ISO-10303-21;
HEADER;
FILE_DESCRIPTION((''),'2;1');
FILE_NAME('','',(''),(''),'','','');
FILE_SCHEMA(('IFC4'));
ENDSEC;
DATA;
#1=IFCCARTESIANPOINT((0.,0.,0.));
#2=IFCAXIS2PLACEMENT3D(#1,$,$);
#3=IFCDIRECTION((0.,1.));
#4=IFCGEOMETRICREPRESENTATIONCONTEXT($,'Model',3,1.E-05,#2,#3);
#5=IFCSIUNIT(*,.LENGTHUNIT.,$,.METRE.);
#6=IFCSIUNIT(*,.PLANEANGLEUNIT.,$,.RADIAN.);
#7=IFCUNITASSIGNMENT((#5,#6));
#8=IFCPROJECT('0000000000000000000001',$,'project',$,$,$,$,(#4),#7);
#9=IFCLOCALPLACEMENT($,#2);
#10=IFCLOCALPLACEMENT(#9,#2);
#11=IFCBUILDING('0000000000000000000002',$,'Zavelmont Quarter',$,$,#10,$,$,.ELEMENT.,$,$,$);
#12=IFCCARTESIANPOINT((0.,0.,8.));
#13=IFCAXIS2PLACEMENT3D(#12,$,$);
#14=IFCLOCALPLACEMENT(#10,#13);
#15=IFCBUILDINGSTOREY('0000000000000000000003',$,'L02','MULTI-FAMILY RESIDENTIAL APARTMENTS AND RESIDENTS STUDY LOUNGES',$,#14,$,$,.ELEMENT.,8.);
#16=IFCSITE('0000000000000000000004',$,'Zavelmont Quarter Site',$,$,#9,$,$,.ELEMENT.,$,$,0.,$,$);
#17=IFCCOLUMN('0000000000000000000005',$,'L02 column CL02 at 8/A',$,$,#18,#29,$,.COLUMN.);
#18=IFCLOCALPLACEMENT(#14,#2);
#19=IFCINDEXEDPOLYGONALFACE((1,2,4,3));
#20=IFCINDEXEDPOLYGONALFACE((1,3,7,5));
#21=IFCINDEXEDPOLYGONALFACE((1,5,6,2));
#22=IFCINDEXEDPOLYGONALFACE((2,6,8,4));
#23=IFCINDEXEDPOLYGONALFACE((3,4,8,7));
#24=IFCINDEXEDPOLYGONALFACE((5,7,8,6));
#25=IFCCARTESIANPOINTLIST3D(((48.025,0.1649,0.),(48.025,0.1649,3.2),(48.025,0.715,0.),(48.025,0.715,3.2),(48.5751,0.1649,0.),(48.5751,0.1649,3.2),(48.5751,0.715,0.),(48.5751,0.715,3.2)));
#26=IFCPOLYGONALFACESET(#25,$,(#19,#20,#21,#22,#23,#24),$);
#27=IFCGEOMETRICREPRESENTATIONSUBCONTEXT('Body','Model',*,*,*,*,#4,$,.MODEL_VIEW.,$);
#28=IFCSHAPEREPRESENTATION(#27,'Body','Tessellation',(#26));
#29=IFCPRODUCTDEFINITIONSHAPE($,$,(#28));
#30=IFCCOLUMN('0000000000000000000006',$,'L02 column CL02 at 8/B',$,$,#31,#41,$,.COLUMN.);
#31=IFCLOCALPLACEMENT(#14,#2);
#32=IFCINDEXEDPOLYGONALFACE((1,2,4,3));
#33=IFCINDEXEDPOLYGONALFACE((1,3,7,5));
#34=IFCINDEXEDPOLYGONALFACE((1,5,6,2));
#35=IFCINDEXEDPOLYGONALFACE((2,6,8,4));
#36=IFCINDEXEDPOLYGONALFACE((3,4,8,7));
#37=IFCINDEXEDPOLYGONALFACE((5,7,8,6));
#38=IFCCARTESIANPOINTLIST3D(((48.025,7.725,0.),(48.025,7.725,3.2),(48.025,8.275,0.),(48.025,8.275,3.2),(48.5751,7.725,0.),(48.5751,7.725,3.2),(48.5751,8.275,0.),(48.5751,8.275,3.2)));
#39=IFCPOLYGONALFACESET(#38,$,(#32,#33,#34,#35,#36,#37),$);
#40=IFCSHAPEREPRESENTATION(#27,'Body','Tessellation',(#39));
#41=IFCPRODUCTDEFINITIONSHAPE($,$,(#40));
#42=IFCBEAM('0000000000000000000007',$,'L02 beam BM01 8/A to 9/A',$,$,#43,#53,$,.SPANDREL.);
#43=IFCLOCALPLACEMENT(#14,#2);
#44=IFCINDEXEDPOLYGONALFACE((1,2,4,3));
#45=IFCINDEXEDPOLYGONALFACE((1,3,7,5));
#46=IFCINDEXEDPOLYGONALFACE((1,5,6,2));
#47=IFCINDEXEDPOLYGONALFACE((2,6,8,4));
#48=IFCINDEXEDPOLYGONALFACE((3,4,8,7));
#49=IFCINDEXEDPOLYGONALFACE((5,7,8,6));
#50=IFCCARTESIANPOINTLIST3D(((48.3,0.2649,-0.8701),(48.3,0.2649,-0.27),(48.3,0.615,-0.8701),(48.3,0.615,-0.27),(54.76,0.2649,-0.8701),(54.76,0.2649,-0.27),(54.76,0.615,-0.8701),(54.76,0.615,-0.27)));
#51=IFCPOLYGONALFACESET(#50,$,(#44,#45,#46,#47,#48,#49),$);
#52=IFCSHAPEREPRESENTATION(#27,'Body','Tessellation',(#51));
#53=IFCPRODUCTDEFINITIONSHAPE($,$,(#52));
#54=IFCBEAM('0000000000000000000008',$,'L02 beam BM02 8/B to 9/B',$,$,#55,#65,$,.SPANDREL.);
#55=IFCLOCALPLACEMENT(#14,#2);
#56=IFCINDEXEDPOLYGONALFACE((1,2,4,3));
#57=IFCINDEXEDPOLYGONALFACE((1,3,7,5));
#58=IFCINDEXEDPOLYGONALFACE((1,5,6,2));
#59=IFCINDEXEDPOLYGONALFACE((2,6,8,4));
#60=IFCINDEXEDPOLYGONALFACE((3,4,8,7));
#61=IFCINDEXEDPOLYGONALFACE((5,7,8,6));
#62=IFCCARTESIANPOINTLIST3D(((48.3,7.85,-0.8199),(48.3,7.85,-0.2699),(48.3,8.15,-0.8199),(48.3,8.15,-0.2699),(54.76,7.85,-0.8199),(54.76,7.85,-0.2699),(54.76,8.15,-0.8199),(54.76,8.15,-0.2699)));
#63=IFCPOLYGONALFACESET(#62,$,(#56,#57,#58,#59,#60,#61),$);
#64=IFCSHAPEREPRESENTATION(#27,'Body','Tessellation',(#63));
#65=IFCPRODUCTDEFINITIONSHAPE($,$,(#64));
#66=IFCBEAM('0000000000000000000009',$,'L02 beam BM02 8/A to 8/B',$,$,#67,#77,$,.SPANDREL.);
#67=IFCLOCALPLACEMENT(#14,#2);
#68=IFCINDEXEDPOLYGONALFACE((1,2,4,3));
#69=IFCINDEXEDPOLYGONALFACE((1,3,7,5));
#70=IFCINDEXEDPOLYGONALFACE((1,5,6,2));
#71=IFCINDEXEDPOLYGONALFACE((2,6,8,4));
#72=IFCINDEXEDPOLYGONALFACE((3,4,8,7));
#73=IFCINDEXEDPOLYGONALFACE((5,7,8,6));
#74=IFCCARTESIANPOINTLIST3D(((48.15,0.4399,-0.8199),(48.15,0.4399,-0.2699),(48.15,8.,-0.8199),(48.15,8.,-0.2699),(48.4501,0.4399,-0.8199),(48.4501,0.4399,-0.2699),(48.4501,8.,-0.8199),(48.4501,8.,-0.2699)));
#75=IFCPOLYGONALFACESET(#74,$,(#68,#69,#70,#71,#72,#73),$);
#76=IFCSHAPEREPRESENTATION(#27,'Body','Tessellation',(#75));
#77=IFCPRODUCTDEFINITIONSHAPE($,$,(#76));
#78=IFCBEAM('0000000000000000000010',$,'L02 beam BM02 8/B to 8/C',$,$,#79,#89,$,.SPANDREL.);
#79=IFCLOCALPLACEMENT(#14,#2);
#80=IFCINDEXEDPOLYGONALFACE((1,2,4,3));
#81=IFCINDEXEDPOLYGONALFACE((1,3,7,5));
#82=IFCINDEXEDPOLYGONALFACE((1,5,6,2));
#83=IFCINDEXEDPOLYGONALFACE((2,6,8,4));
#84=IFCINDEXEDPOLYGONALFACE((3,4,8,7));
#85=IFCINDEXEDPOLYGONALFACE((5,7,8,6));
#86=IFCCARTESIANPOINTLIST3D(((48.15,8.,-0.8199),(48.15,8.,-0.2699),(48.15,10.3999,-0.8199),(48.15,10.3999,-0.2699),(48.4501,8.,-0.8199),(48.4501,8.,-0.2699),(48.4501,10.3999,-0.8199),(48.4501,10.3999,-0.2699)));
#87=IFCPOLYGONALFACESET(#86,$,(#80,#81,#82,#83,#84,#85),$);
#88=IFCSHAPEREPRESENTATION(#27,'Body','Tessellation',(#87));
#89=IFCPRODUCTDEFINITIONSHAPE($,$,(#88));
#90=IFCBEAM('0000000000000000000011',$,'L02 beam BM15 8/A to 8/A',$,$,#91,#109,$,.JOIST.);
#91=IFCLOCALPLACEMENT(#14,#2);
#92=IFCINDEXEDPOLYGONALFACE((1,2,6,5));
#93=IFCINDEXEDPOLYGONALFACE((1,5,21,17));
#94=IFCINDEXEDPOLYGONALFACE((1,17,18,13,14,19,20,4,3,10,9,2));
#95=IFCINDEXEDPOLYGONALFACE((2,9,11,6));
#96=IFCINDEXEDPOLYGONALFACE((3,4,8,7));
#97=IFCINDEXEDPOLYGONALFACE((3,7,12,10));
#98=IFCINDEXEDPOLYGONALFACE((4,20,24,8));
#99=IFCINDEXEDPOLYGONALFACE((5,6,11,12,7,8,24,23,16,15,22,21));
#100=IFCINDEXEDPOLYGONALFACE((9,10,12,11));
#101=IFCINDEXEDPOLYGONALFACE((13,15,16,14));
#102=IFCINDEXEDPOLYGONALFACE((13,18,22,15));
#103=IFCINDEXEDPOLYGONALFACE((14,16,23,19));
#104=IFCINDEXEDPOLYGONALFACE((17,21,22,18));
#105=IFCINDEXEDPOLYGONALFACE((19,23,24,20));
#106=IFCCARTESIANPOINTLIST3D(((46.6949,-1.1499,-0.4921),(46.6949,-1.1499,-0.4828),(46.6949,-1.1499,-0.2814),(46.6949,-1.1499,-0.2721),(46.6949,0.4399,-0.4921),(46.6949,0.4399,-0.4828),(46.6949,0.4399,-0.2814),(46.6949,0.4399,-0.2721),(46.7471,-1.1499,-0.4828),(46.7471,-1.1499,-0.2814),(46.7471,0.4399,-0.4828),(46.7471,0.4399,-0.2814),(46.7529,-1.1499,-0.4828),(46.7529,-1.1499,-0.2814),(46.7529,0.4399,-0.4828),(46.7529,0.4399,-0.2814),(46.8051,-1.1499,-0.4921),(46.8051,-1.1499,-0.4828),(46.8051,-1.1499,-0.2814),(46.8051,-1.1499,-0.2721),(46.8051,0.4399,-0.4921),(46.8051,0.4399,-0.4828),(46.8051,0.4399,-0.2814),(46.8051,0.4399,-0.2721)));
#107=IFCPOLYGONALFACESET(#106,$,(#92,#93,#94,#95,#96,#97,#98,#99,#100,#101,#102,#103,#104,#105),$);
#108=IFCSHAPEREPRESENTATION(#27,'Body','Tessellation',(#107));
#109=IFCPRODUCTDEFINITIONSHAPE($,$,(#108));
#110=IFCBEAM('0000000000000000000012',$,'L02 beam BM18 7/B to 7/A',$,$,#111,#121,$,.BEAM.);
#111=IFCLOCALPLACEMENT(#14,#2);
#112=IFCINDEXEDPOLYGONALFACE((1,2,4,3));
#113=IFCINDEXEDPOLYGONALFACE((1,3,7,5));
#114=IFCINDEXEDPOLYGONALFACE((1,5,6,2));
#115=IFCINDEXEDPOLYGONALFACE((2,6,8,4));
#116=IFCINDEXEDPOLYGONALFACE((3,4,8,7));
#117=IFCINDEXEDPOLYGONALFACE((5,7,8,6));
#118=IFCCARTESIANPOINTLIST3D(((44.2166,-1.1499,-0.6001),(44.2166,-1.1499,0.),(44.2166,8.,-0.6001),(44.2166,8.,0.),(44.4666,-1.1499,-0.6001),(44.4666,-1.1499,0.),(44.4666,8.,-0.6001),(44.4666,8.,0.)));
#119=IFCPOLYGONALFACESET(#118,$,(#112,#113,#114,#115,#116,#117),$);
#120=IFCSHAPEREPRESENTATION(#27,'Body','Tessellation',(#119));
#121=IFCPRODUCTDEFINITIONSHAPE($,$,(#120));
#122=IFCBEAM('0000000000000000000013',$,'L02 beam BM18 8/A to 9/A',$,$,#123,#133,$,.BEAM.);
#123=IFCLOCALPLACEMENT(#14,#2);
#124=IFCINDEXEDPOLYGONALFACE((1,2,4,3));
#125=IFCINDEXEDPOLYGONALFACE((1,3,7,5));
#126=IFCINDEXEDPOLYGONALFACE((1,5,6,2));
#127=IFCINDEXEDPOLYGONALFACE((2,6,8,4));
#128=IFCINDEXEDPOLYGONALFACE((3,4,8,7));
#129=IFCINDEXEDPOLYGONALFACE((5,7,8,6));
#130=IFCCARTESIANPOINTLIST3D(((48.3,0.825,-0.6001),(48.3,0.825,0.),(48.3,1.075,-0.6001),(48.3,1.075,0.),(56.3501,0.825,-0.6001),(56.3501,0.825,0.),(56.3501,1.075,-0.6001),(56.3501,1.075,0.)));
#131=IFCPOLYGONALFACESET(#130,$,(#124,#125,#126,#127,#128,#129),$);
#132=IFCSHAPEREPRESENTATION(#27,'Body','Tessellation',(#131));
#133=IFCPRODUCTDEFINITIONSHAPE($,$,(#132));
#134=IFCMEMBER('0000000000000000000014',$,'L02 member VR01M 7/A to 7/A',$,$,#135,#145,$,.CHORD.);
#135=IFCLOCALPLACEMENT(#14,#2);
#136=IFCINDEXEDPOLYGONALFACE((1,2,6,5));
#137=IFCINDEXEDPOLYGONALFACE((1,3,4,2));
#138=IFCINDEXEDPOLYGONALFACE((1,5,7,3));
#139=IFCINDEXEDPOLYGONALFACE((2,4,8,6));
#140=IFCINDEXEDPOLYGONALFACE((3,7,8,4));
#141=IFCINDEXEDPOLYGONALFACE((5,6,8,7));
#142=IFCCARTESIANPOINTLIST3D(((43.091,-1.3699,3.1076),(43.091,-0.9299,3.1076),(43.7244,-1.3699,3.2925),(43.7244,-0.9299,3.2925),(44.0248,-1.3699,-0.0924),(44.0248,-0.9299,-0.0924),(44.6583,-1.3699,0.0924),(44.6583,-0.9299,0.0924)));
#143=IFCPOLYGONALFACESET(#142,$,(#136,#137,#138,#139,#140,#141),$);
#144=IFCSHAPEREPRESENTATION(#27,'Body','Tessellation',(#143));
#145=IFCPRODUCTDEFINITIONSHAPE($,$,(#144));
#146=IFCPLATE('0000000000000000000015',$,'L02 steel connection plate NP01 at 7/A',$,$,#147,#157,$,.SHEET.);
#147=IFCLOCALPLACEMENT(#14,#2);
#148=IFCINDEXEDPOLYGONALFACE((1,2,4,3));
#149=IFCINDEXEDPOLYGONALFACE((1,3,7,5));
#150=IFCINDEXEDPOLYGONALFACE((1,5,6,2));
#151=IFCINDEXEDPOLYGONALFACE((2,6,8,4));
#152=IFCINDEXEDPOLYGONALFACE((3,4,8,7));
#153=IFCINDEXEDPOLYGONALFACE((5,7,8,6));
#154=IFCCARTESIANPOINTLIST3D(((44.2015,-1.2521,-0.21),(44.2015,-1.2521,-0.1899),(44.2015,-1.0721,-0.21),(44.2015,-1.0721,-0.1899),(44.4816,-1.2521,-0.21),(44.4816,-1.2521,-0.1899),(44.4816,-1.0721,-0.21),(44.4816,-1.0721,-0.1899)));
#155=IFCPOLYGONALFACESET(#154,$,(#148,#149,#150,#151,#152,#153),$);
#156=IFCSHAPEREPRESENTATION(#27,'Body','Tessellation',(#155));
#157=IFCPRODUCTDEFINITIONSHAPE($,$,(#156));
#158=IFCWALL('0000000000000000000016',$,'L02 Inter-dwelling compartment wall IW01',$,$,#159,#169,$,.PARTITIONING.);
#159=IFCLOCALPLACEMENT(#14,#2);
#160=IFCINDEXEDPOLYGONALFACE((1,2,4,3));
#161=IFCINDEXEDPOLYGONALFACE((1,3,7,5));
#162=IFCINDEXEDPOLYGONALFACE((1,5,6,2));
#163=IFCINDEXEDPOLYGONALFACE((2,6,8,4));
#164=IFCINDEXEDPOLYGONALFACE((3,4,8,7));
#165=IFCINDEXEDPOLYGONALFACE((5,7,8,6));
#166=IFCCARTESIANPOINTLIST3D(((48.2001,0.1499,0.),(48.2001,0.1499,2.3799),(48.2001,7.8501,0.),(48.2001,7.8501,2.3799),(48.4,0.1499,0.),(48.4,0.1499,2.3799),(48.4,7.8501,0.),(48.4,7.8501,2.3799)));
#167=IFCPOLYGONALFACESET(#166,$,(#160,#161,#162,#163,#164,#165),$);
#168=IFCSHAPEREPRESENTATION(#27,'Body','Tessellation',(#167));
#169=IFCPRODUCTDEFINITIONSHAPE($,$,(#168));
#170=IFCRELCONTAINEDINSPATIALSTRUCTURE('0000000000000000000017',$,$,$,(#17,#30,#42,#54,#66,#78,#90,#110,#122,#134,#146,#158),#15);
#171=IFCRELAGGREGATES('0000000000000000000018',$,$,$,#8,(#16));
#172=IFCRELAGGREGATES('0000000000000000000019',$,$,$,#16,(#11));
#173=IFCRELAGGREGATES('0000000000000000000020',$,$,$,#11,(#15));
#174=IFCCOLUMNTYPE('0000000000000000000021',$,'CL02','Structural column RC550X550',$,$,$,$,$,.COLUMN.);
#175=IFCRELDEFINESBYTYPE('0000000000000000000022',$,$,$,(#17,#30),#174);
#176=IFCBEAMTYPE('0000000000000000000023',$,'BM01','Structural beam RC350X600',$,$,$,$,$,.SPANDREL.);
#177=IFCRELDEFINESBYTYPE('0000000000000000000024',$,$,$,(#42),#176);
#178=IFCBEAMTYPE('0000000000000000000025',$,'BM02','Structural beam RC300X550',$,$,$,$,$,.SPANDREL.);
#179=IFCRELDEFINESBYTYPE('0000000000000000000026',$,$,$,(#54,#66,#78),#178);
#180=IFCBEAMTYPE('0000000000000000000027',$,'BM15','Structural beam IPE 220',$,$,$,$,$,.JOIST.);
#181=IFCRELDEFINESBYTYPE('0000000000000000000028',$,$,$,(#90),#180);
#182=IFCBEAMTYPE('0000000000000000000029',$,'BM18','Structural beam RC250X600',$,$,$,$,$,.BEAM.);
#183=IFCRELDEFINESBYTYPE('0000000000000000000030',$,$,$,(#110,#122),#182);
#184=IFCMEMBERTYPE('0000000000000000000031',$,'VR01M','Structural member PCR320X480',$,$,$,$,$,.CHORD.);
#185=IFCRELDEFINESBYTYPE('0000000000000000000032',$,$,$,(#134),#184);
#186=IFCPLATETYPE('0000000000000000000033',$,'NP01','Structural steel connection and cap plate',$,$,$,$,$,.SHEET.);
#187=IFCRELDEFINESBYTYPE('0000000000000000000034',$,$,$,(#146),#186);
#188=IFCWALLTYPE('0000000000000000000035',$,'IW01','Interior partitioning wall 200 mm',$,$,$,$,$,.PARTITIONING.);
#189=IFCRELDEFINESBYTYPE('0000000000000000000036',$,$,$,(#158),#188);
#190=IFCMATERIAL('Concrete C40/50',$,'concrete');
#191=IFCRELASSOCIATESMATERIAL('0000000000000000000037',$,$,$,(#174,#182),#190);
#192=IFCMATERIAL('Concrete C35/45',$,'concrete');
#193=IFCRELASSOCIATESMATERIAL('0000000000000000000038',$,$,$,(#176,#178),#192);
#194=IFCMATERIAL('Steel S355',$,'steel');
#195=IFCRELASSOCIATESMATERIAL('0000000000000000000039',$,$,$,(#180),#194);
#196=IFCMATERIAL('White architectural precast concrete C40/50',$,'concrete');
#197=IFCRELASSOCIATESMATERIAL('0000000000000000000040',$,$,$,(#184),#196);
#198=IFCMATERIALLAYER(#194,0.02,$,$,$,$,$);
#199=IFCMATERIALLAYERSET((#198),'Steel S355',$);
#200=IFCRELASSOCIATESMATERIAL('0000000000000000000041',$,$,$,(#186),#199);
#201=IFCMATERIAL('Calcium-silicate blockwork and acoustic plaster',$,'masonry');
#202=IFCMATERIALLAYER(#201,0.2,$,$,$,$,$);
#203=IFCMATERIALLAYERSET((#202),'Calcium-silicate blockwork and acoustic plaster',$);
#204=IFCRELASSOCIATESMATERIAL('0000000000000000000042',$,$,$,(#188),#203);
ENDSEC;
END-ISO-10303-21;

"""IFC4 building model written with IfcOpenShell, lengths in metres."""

from ifc_helpers import new_model, si_unit, direction, frame, frame_2d, origin, origin_2d, place, context, subcontext, project, spatial, rectangle, i_section, extrude, material, layer, layer_set, material_profile, profile_set, type_object, element, save


model = new_model("IFC4")

# Units and contexts
model_context = context("Model", 3, precision=1e-05, world=origin(), true_north=direction((0.0, 1.0)))
body_context = subcontext(model_context, "Body", "Model", "MODEL_VIEW")
ifc_project = project(units=[si_unit("LENGTHUNIT", "METRE"), si_unit("PLANEANGLEUNIT", "RADIAN")], contexts=[model_context])

# Site, building, storey
site_placement = place(None, origin())
site = spatial("IfcSite", under=ifc_project, at=site_placement, Name="Zavelmont Quarter Site", CompositionType="ELEMENT", RefElevation=0.0)
building_placement = place(site_placement, origin())
building = spatial("IfcBuilding", under=site, at=building_placement, Name="Zavelmont Quarter", CompositionType="ELEMENT")
storey_placement = place(building_placement, frame((0.0, 0.0, 8.0)))
storey = spatial("IfcBuildingStorey", under=building, at=storey_placement, Name="L02", Description="MULTI-FAMILY RESIDENTIAL APARTMENTS AND RESIDENTS STUDY LOUNGES", CompositionType="ELEMENT", Elevation=8.0)

# Columns
ifc_material_1 = material(Name="Concrete C40/50", Category="concrete")
ifc_material_profile_1 = material_profile(ifc_material_1, rectangle(XDim=0.55, YDim=0.55, at=origin_2d()), Name="RC550X550")
ifc_profile_set_1 = profile_set([ifc_material_profile_1], Name="Concrete C40/50")
column_type = type_object("IfcColumnType", Name="CL02", Description="Structural column RC550X550", PredefinedType="COLUMN", material=ifc_profile_set_1)
for number, where, z_axis, x_axis, name in (
    (1, (48.3, 0.4399, 0.0), (0.0, 0.0, 1.0), (1.0, 0.0, 0.0), "L02 column CL02 at 8/A"),
    (2, (48.3, 8.0, 0.0), (0.0, 0.0, 1.0), (1.0, 0.0, 0.0), "L02 column CL02 at 8/B"),
):
    element("IfcColumn", number, at=place(storey_placement, frame(where, z_axis=z_axis, x_axis=x_axis)), inside=storey, type_object=column_type, Name=name, PredefinedType="COLUMN", context=body_context, shape_type="SweptSolid", body=[
        extrude(rectangle(XDim=0.55, YDim=0.55, at=origin_2d()), origin(), (0.0, 0.0, 1.0), 3.2),
    ])

# Beams
ifc_material_2 = material(Name="Concrete C35/45", Category="concrete")
ifc_material_profile_2 = material_profile(ifc_material_2, rectangle(XDim=0.3501, YDim=0.6001, at=origin_2d()), Name="RC350X600")
ifc_profile_set_2 = profile_set([ifc_material_profile_2], Name="Concrete C35/45")
beam_type_1 = type_object("IfcBeamType", Name="BM01", Description="Structural beam RC350X600", PredefinedType="SPANDREL", material=ifc_profile_set_2)
beam_1_placement = place(storey_placement, frame((48.3, 0.4399, -0.5701), z_axis=(1.0, 0.0, 0.0), x_axis=(0.0, 1.0, 0.0)))
element("IfcBeam", 3, at=beam_1_placement, inside=storey, type_object=beam_type_1, Name="L02 beam BM01 8/A to 9/A", PredefinedType="SPANDREL", context=body_context, shape_type="SweptSolid", body=[
    extrude(rectangle(XDim=0.3501, YDim=0.6001, at=origin_2d()), origin(), (0.0, 0.0, 1.0), 6.46),
])
ifc_material_profile_3 = material_profile(ifc_material_2, rectangle(XDim=0.3, YDim=0.55, at=origin_2d()), Name="RC300X550")
ifc_profile_set_3 = profile_set([ifc_material_profile_3], Name="Concrete C35/45")
beam_type_2 = type_object("IfcBeamType", Name="BM02", Description="Structural beam RC300X550", PredefinedType="SPANDREL", material=ifc_profile_set_3)
beam_2_placement = place(storey_placement, frame((48.3, 8.0, -0.5449), z_axis=(1.0, 0.0, 0.0), x_axis=(0.0, 1.0, 0.0)))
element("IfcBeam", 4, at=beam_2_placement, inside=storey, type_object=beam_type_2, Name="L02 beam BM02 8/B to 9/B", PredefinedType="SPANDREL", context=body_context, shape_type="SweptSolid", body=[
    extrude(rectangle(XDim=0.3, YDim=0.55, at=origin_2d()), origin(), (0.0, 0.0, 1.0), 6.46),
])
beam_3_placement = place(storey_placement, frame((48.3, 0.4399, -0.5449), z_axis=(0.0, 1.0, 0.0), x_axis=(-1.0, 0.0, 0.0)))
element("IfcBeam", 5, at=beam_3_placement, inside=storey, type_object=beam_type_2, Name="L02 beam BM02 8/A to 8/B", PredefinedType="SPANDREL", context=body_context, shape_type="SweptSolid", body=[
    extrude(rectangle(XDim=0.3, YDim=0.55, at=origin_2d()), origin(), (0.0, 0.0, 1.0), 7.5601),
])
beam_4_placement = place(storey_placement, frame((48.3, 8.0, -0.5449), z_axis=(0.0, 1.0, 0.0), x_axis=(-1.0, 0.0, 0.0)))
element("IfcBeam", 6, at=beam_4_placement, inside=storey, type_object=beam_type_2, Name="L02 beam BM02 8/B to 8/C", PredefinedType="SPANDREL", context=body_context, shape_type="SweptSolid", body=[
    extrude(rectangle(XDim=0.3, YDim=0.55, at=origin_2d()), origin(), (0.0, 0.0, 1.0), 2.3999),
])
ifc_material_3 = material(Name="Steel S355", Category="steel")
ifc_material_profile_4 = material_profile(ifc_material_3, i_section(OverallWidth=0.1101, OverallDepth=0.22, WebThickness=0.0059, FlangeThickness=0.0093, at=origin_2d()), Name="IPE 220")
ifc_profile_set_4 = profile_set([ifc_material_profile_4], Name="Steel S355")
beam_type_3 = type_object("IfcBeamType", Name="BM15", Description="Structural beam IPE 220", PredefinedType="JOIST", material=ifc_profile_set_4)
beam_5_placement = place(storey_placement, frame((46.75, 0.4399, -0.3821), z_axis=(0.0, -1.0, 0.0), x_axis=(1.0, 0.0, 0.0)))
element("IfcBeam", 7, at=beam_5_placement, inside=storey, type_object=beam_type_3, Name="L02 beam BM15 8/A to 8/A", PredefinedType="JOIST", context=body_context, shape_type="SweptSolid", body=[
    extrude(i_section(OverallWidth=0.1101, OverallDepth=0.22, WebThickness=0.0059, FlangeThickness=0.0093, at=origin_2d()), origin(), (0.0, 0.0, 1.0), 1.5898),
])
ifc_material_profile_5 = material_profile(ifc_material_1, rectangle(XDim=0.25, YDim=0.6001, at=origin_2d()), Name="RC250X600")
ifc_profile_set_5 = profile_set([ifc_material_profile_5], Name="Concrete C40/50")
beam_type_4 = type_object("IfcBeamType", Name="BM18", Description="Structural beam RC250X600", PredefinedType="BEAM", material=ifc_profile_set_5)
beam_6_placement = place(storey_placement, frame((44.3416, 8.0, -0.3), z_axis=(0.0, -1.0, 0.0), x_axis=(1.0, 0.0, 0.0)))
element("IfcBeam", 8, at=beam_6_placement, inside=storey, type_object=beam_type_4, Name="L02 beam BM18 7/B to 7/A", PredefinedType="BEAM", context=body_context, shape_type="SweptSolid", body=[
    extrude(rectangle(XDim=0.25, YDim=0.6001, at=origin_2d()), origin(), (0.0, 0.0, 1.0), 9.1499),
])
beam_7_placement = place(storey_placement, frame((48.3, 0.95, -0.3), z_axis=(1.0, 0.0, 0.0), x_axis=(0.0, 1.0, 0.0)))
element("IfcBeam", 9, at=beam_7_placement, inside=storey, type_object=beam_type_4, Name="L02 beam BM18 8/A to 9/A", PredefinedType="BEAM", context=body_context, shape_type="SweptSolid", body=[
    extrude(rectangle(XDim=0.25, YDim=0.6001, at=origin_2d()), origin(), (0.0, 0.0, 1.0), 8.05),
])

# Member
ifc_material_4 = material(Name="White architectural precast concrete C40/50", Category="concrete")
ifc_material_profile_6 = material_profile(ifc_material_4, rectangle(XDim=0.4399, YDim=0.6599, at=origin_2d()), Name="PCR320X480")
ifc_profile_set_6 = profile_set([ifc_material_profile_6], Name="White architectural precast concrete C40/50")
member_type = type_object("IfcMemberType", Name="VR01M", Description="Structural member PCR320X480", PredefinedType="CHORD", material=ifc_profile_set_6)
member_placement = place(storey_placement, frame((44.3416, -1.1499, 0.0), z_axis=(-0.280143, 0.0, 0.959958), x_axis=(0.0, -1.0, 0.0)))
element("IfcMember", 10, at=member_placement, inside=storey, type_object=member_type, Name="L02 member VR01M 7/A to 7/A", PredefinedType="CHORD", context=body_context, shape_type="SweptSolid", body=[
    extrude(rectangle(XDim=0.4399, YDim=0.6599, at=origin_2d()), origin(), (0.0, 0.0, 1.0), 3.3335),
])

# Plate
ifc_layer_1 = layer(ifc_material_3, 0.02)
ifc_layer_set_1 = layer_set([ifc_layer_1], Name="Steel S355")
plate_type = type_object("IfcPlateType", Name="NP01", Description="Structural steel connection and cap plate", PredefinedType="SHEET", material=ifc_layer_set_1)
plate_placement = place(storey_placement, frame((44.3416, -1.1621, -0.21), z_axis=(0.0, 0.0, 1.0), x_axis=(1.0, 0.0, 0.0)))
element("IfcPlate", 11, at=plate_placement, inside=storey, type_object=plate_type, Name="L02 steel connection plate NP01 at 7/A", PredefinedType="SHEET", context=body_context, shape_type="SweptSolid", body=[
    extrude(rectangle(XDim=0.28, YDim=0.1799, at=origin_2d()), origin(), (0.0, 0.0, 1.0), 0.02),
])

# Wall
ifc_material_5 = material(Name="Calcium-silicate blockwork and acoustic plaster", Category="masonry")
ifc_layer_2 = layer(ifc_material_5, 0.2)
ifc_layer_set_2 = layer_set([ifc_layer_2], Name="Calcium-silicate blockwork and acoustic plaster")
wall_type_1 = type_object("IfcWallType", Name="IW01", Description="Interior partitioning wall 200 mm", PredefinedType="PARTITIONING", material=ifc_layer_set_2)
wall_1_placement = place(storey_placement, frame((48.3, 7.8501, 0.0), z_axis=(0.0, 0.0, 1.0), x_axis=(0.0, -1.0, 0.0)))
element("IfcWall", 12, at=wall_1_placement, inside=storey, type_object=wall_type_1, Name="L02 Inter-dwelling compartment wall IW01", PredefinedType="PARTITIONING", context=body_context, shape_type="SweptSolid", body=[
    extrude(rectangle(XDim=7.7002, YDim=0.2, at=frame_2d((3.8501, 0.0))), origin(), (0.0, 0.0, 1.0), 2.3799),
])

save(model, "model.ifc")
